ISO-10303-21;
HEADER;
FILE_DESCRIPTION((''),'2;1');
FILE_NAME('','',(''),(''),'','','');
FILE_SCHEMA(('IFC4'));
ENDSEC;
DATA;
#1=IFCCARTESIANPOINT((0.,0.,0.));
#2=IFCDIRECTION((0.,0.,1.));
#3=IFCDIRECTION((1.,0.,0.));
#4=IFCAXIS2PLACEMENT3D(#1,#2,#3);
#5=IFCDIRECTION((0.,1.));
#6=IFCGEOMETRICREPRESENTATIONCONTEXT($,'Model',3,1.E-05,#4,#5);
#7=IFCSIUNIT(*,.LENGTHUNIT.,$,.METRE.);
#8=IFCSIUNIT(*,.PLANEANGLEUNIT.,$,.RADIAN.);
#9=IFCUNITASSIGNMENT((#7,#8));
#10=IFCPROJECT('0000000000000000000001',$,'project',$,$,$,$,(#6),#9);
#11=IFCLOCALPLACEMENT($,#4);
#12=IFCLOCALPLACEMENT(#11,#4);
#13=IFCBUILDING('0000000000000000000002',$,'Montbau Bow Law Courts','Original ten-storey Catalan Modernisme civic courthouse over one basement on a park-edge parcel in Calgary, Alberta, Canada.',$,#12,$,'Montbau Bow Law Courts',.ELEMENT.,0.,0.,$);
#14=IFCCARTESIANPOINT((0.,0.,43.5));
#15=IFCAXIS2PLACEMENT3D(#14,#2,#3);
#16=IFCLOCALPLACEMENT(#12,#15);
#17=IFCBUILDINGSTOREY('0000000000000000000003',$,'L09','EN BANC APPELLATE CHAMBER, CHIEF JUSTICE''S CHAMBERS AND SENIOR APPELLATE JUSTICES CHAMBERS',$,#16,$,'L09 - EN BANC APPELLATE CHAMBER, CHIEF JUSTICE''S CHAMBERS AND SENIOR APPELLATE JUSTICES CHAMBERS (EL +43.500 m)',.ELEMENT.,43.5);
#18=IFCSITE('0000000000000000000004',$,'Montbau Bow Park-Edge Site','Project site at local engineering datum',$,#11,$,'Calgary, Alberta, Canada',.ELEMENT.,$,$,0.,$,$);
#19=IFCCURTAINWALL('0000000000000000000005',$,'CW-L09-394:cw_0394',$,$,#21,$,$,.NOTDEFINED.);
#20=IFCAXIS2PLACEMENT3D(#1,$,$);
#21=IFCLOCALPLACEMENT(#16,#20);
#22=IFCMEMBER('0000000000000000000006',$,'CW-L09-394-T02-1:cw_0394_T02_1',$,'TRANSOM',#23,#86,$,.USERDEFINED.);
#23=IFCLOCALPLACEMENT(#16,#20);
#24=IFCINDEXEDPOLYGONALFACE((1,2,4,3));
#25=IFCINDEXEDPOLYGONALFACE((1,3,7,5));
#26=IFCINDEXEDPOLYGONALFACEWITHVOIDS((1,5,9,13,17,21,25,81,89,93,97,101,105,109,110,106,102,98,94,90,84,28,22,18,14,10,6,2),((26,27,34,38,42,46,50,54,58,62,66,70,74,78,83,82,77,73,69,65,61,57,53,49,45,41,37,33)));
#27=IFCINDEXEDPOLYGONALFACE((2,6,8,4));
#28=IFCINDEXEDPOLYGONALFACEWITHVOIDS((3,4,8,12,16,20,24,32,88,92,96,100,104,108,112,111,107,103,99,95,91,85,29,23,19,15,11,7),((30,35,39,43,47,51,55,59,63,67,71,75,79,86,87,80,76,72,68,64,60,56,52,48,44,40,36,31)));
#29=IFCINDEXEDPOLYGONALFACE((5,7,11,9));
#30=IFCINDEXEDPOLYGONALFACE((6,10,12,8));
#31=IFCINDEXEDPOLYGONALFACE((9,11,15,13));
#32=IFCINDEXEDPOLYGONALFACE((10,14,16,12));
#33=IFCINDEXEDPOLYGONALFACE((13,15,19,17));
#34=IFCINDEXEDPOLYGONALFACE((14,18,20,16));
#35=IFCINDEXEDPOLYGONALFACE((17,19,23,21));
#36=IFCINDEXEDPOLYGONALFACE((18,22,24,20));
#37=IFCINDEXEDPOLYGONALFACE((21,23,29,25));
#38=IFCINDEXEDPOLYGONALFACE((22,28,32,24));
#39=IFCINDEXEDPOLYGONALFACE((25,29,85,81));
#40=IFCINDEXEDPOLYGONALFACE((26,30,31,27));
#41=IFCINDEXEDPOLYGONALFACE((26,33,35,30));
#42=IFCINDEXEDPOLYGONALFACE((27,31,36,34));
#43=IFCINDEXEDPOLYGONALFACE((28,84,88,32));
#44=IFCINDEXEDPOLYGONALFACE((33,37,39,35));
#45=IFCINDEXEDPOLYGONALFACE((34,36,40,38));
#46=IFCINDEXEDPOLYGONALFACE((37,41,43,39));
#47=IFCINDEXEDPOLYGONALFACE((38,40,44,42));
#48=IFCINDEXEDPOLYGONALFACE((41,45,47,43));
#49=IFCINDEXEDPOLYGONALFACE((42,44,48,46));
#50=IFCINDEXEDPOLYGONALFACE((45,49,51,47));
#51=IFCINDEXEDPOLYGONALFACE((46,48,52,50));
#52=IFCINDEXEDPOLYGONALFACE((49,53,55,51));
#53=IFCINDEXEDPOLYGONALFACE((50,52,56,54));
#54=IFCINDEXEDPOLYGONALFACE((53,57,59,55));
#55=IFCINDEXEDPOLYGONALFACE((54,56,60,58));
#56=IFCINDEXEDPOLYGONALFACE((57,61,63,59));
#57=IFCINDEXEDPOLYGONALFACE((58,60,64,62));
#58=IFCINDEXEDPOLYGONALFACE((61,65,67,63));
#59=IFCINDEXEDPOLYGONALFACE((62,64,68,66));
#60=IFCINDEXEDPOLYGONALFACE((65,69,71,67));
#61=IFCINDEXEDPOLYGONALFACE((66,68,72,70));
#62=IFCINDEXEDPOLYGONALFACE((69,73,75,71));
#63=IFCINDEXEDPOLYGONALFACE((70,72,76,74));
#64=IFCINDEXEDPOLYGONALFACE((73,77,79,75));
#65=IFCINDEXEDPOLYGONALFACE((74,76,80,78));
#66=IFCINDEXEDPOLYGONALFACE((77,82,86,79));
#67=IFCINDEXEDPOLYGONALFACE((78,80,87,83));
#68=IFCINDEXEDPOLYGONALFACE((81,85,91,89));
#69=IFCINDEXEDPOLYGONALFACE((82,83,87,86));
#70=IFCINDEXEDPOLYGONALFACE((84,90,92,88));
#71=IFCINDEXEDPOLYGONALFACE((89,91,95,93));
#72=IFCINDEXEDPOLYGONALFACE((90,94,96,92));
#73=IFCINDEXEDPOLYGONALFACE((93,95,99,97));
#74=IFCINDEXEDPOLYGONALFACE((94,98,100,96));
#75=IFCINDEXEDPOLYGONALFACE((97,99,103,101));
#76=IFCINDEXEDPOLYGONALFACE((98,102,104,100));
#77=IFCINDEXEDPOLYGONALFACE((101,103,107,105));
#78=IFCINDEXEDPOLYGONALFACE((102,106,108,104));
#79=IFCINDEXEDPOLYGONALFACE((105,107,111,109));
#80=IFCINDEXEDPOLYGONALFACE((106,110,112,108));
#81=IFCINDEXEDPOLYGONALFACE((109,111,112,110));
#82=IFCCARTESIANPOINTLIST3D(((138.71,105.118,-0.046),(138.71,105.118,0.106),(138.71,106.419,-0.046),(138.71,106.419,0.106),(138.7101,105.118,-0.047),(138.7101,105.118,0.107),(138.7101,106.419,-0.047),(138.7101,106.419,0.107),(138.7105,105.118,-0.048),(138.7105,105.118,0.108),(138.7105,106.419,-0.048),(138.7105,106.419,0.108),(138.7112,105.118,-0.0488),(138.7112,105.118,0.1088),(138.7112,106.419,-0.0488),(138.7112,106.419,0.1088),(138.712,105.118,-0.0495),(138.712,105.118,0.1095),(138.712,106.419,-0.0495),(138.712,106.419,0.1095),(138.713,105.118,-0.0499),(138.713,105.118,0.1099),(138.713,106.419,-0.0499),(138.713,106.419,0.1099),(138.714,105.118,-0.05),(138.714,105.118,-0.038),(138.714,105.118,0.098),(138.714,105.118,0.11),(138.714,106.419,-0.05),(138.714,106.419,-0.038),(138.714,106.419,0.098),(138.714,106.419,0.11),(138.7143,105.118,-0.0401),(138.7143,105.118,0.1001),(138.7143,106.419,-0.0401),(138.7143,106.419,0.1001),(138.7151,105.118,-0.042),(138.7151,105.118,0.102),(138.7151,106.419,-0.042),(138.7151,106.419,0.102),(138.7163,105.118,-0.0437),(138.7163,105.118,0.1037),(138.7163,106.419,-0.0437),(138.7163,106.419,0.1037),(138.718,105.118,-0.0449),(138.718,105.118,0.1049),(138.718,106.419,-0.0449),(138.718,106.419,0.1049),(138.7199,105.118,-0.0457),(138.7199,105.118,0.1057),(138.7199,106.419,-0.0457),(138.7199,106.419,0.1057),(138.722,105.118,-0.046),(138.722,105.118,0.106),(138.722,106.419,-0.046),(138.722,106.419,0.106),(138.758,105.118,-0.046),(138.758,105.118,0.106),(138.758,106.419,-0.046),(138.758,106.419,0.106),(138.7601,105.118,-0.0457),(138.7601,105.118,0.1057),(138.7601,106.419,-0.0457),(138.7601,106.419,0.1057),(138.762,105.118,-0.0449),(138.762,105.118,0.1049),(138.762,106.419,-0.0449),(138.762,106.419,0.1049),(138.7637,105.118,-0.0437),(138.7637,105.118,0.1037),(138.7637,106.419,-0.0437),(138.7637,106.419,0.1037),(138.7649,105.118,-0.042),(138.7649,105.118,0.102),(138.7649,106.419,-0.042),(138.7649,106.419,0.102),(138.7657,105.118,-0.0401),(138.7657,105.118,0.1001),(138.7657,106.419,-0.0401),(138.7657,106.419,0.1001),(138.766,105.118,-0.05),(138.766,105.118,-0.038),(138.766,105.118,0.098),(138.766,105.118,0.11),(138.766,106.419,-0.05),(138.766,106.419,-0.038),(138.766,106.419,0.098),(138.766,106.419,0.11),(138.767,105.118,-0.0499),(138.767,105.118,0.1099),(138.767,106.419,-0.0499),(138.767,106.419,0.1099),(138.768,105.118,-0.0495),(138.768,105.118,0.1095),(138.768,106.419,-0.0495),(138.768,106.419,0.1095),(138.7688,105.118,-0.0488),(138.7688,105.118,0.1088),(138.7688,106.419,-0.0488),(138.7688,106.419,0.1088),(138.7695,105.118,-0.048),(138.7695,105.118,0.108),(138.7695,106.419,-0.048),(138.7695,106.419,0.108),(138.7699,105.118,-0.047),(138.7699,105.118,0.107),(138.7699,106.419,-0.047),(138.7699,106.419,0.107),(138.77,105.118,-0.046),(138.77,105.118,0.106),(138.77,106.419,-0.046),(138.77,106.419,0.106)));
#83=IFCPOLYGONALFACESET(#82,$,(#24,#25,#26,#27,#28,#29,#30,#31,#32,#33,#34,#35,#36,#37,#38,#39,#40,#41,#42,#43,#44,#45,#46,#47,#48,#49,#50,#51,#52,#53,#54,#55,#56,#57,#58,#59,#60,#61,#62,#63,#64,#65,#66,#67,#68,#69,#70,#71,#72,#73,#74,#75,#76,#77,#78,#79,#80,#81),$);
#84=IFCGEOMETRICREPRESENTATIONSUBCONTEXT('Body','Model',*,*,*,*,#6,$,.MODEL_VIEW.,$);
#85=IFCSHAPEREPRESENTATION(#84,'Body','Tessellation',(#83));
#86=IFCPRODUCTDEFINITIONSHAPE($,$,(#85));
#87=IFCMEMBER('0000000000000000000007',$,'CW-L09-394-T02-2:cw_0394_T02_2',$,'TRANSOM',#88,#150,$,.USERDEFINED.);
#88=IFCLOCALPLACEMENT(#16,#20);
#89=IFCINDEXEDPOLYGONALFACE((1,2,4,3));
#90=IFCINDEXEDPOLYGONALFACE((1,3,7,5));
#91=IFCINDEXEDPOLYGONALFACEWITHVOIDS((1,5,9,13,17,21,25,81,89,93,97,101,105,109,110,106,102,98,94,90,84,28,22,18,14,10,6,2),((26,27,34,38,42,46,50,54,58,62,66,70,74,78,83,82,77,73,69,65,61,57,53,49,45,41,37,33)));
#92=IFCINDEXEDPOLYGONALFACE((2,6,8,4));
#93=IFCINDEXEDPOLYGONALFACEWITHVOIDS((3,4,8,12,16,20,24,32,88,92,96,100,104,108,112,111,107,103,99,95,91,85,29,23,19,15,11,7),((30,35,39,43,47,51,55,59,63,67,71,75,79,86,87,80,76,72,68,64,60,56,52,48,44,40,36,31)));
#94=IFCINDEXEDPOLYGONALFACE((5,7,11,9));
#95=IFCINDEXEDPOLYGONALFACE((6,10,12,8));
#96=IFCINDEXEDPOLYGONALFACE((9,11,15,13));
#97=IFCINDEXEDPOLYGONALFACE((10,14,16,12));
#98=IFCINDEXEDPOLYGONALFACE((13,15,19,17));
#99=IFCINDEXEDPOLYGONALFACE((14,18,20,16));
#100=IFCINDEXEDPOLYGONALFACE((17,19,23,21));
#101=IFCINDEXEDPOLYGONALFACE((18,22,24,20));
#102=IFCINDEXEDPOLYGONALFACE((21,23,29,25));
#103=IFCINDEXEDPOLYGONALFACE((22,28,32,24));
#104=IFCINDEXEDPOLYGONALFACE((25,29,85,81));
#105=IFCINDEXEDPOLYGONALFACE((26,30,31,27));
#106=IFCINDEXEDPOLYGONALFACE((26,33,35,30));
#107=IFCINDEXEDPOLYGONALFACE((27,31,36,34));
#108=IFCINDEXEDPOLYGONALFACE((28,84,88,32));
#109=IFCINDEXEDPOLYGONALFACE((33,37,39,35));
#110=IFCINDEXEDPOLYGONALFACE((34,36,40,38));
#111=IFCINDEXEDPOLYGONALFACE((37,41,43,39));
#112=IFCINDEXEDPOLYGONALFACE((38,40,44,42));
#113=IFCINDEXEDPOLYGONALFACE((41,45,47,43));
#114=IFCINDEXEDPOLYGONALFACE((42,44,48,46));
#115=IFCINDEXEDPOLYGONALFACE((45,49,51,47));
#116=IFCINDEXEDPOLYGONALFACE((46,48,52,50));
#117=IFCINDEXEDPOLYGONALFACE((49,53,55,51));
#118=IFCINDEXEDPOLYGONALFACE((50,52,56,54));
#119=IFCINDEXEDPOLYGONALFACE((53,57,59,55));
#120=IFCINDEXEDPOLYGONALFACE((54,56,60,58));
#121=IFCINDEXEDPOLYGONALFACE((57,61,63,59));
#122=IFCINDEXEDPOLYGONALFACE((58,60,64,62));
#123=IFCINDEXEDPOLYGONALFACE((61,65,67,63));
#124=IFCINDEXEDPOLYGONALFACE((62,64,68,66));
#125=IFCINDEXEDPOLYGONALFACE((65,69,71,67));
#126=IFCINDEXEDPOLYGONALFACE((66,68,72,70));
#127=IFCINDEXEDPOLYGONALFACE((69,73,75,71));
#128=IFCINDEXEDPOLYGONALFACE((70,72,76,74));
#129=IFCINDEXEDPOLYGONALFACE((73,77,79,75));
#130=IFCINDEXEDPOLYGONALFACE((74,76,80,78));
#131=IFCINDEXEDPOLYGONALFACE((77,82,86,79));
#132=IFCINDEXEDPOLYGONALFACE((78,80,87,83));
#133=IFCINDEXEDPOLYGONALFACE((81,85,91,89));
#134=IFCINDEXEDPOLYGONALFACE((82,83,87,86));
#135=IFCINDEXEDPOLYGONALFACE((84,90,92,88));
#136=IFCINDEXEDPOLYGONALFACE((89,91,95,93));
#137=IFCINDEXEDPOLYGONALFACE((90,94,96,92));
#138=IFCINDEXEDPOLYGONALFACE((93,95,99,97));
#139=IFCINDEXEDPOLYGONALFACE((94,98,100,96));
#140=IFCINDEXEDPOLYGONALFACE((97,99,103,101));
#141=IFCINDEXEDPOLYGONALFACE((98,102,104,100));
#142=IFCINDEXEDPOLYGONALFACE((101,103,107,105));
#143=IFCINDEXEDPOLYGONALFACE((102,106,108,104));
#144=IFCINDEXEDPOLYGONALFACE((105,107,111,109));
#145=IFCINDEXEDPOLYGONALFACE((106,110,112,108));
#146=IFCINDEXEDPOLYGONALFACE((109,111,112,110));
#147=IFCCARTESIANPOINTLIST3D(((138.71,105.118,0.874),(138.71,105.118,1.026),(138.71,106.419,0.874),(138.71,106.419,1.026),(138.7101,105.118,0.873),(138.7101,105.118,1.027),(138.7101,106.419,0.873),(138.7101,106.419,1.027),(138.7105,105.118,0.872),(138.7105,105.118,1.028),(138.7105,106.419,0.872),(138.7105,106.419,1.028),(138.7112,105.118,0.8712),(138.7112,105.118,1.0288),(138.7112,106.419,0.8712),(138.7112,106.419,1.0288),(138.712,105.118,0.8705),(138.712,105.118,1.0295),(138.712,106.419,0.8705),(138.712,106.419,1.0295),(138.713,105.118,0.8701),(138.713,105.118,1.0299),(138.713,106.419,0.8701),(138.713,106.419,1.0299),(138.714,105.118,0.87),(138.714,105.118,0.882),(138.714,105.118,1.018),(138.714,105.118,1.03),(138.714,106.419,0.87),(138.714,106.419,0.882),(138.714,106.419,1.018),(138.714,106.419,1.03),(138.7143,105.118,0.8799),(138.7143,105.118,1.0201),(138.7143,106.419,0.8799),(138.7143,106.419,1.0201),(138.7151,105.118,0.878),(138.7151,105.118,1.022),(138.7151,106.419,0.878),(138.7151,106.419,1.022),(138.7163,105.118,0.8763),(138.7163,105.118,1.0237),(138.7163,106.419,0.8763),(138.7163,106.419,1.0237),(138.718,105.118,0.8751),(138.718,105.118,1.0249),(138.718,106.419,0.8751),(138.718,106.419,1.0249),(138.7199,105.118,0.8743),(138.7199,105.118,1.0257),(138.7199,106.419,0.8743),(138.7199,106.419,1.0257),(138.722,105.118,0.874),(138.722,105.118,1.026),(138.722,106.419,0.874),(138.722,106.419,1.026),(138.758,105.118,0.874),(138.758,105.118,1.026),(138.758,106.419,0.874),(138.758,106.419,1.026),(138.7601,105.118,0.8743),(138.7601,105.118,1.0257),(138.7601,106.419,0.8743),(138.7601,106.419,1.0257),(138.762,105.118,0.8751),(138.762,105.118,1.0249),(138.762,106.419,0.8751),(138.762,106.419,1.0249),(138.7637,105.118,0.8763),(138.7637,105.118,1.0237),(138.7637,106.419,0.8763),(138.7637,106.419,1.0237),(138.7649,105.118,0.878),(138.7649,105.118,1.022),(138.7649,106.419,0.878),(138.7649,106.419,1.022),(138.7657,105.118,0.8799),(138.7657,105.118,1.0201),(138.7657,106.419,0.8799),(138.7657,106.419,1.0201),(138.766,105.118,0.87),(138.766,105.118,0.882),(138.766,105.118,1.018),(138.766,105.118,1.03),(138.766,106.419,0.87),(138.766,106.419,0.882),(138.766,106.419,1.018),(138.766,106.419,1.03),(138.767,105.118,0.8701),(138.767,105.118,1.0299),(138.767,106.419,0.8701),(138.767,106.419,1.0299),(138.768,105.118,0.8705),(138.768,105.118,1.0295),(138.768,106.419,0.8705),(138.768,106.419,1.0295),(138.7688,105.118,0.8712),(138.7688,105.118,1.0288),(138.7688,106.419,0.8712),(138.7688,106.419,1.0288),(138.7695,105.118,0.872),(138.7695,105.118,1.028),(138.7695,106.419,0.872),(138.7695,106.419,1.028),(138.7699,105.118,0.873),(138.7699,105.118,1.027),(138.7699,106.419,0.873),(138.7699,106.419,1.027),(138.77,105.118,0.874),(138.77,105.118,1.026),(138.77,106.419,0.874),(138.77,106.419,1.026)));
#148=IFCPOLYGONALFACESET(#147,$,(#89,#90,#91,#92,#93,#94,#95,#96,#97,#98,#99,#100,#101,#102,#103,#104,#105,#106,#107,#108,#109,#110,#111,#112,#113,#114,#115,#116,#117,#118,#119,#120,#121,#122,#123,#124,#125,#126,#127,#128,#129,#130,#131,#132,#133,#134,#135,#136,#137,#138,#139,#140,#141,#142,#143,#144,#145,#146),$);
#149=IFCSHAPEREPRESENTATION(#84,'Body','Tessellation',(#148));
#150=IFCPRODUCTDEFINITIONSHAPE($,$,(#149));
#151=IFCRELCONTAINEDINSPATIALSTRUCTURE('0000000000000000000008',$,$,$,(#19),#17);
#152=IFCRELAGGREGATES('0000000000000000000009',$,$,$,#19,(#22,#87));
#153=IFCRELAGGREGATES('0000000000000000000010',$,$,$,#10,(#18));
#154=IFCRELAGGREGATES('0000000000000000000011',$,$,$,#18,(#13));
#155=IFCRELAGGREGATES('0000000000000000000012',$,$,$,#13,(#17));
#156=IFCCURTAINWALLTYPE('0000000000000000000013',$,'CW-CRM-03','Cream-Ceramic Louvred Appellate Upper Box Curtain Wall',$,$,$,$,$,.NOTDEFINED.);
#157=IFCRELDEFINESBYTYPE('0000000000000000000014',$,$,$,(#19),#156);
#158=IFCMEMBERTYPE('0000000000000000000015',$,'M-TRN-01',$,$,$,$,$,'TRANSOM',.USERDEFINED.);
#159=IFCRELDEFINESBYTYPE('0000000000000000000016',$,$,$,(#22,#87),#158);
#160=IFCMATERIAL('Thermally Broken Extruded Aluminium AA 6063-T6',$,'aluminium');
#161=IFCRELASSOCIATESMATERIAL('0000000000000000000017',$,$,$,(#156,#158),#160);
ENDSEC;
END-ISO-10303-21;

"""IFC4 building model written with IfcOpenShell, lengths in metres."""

from ifc_helpers import new_model, si_unit, direction, frame, origin_with_axes, origin_2d_with_axis, place, context, subcontext, project, spatial, hollow_rectangle, extrude, material, material_profile, profile_set, type_object, element, aggregate, save


model = new_model("IFC4")

# Units and contexts
model_context = context("Model", 3, precision=1e-05, world=origin_with_axes(), true_north=direction((0.0, 1.0)))
body_context = subcontext(model_context, "Body", "Model", "MODEL_VIEW")
ifc_project = project(units=[si_unit("LENGTHUNIT", "METRE"), si_unit("PLANEANGLEUNIT", "RADIAN")], contexts=[model_context])

# Site, building, storey
site_placement = place(None, origin_with_axes())
site = spatial("IfcSite", under=ifc_project, at=site_placement, Name="Montbau Bow Park-Edge Site", Description="Project site at local engineering datum", LongName="Calgary, Alberta, Canada", CompositionType="ELEMENT", RefElevation=0.0)
building_placement = place(site_placement, origin_with_axes())
building = spatial("IfcBuilding", under=site, at=building_placement, Name="Montbau Bow Law Courts", Description="Original ten-storey Catalan Modernisme civic courthouse over one basement on a park-edge parcel in Calgary, Alberta, Canada.", LongName="Montbau Bow Law Courts", CompositionType="ELEMENT", ElevationOfRefHeight=0.0, ElevationOfTerrain=0.0)
storey_placement = place(building_placement, frame((0.0, 0.0, 43.5), z_axis=(0.0, 0.0, 1.0), x_axis=(1.0, 0.0, 0.0)))
storey = spatial("IfcBuildingStorey", under=building, at=storey_placement, Name="L09", Description="EN BANC APPELLATE CHAMBER, CHIEF JUSTICE'S CHAMBERS AND SENIOR APPELLATE JUSTICES CHAMBERS", LongName="L09 - EN BANC APPELLATE CHAMBER, CHIEF JUSTICE'S CHAMBERS AND SENIOR APPELLATE JUSTICES CHAMBERS (EL +43.500 m)", CompositionType="ELEMENT", Elevation=43.5)

# Shared definitions
ifc_material_1 = material(Name="Thermally Broken Extruded Aluminium AA 6063-T6", Category="aluminium")
curtain_wall_type = type_object("IfcCurtainWallType", Name="CW-CRM-03", Description="Cream-Ceramic Louvred Appellate Upper Box Curtain Wall", PredefinedType="NOTDEFINED", material=ifc_material_1)

# Curtain wall, members
curtain_wall_1_placement = place(None, frame((138.74, 103.715, 43.5), z_axis=(0.0, 0.0, 1.0), x_axis=(1.0, 0.0, 0.0)))
curtain_wall_1 = element("IfcCurtainWall", 1, at=curtain_wall_1_placement, inside=storey, type_object=curtain_wall_type, Name="CW-L09-394:cw_0394", PredefinedType="NOTDEFINED")
ifc_material_profile_1 = material_profile(ifc_material_1, hollow_rectangle(XDim=0.06, YDim=0.16, WallThickness=0.004, InnerFilletRadius=0.008, OuterFilletRadius=0.004, at=origin_2d_with_axis()), Name="CWT-160X60", Category="Main", Priority=0)
ifc_profile_set_1 = profile_set([ifc_material_profile_1], Name="Thermally Broken Extruded Aluminium AA 6063-T6")
member_type_1 = type_object("IfcMemberType", Name="M-TRN-01", ElementType="TRANSOM", PredefinedType="USERDEFINED", material=ifc_profile_set_1)
member_1_placement = place(None, frame((138.74, 105.118, 43.53), z_axis=(0.0, 1.0, 0.0), x_axis=(-1.0, 0.0, 0.0)))
member_1 = element("IfcMember", 2, at=member_1_placement, type_object=member_type_1, Name="CW-L09-394-T02-1:cw_0394_T02_1", ObjectType="TRANSOM", PredefinedType="USERDEFINED", context=body_context, shape_type="SweptSolid", body=[
    extrude(hollow_rectangle(XDim=0.06, YDim=0.16, WallThickness=0.004, InnerFilletRadius=0.008, OuterFilletRadius=0.004, at=origin_2d_with_axis()), origin_with_axes(), (0.0, 0.0, 1.0), 1.301),
])
member_2_placement = place(None, frame((138.74, 105.118, 44.45), z_axis=(0.0, 1.0, 0.0), x_axis=(-1.0, 0.0, 0.0)))
member_2 = element("IfcMember", 3, at=member_2_placement, type_object=member_type_1, Name="CW-L09-394-T02-2:cw_0394_T02_2", ObjectType="TRANSOM", PredefinedType="USERDEFINED", context=body_context, shape_type="SweptSolid", body=[
    extrude(hollow_rectangle(XDim=0.06, YDim=0.16, WallThickness=0.004, InnerFilletRadius=0.008, OuterFilletRadius=0.004, at=origin_2d_with_axis()), origin_with_axes(), (0.0, 0.0, 1.0), 1.301),
])

aggregate(curtain_wall_1, [member_1, member_2])

save(model, "model.ifc")
